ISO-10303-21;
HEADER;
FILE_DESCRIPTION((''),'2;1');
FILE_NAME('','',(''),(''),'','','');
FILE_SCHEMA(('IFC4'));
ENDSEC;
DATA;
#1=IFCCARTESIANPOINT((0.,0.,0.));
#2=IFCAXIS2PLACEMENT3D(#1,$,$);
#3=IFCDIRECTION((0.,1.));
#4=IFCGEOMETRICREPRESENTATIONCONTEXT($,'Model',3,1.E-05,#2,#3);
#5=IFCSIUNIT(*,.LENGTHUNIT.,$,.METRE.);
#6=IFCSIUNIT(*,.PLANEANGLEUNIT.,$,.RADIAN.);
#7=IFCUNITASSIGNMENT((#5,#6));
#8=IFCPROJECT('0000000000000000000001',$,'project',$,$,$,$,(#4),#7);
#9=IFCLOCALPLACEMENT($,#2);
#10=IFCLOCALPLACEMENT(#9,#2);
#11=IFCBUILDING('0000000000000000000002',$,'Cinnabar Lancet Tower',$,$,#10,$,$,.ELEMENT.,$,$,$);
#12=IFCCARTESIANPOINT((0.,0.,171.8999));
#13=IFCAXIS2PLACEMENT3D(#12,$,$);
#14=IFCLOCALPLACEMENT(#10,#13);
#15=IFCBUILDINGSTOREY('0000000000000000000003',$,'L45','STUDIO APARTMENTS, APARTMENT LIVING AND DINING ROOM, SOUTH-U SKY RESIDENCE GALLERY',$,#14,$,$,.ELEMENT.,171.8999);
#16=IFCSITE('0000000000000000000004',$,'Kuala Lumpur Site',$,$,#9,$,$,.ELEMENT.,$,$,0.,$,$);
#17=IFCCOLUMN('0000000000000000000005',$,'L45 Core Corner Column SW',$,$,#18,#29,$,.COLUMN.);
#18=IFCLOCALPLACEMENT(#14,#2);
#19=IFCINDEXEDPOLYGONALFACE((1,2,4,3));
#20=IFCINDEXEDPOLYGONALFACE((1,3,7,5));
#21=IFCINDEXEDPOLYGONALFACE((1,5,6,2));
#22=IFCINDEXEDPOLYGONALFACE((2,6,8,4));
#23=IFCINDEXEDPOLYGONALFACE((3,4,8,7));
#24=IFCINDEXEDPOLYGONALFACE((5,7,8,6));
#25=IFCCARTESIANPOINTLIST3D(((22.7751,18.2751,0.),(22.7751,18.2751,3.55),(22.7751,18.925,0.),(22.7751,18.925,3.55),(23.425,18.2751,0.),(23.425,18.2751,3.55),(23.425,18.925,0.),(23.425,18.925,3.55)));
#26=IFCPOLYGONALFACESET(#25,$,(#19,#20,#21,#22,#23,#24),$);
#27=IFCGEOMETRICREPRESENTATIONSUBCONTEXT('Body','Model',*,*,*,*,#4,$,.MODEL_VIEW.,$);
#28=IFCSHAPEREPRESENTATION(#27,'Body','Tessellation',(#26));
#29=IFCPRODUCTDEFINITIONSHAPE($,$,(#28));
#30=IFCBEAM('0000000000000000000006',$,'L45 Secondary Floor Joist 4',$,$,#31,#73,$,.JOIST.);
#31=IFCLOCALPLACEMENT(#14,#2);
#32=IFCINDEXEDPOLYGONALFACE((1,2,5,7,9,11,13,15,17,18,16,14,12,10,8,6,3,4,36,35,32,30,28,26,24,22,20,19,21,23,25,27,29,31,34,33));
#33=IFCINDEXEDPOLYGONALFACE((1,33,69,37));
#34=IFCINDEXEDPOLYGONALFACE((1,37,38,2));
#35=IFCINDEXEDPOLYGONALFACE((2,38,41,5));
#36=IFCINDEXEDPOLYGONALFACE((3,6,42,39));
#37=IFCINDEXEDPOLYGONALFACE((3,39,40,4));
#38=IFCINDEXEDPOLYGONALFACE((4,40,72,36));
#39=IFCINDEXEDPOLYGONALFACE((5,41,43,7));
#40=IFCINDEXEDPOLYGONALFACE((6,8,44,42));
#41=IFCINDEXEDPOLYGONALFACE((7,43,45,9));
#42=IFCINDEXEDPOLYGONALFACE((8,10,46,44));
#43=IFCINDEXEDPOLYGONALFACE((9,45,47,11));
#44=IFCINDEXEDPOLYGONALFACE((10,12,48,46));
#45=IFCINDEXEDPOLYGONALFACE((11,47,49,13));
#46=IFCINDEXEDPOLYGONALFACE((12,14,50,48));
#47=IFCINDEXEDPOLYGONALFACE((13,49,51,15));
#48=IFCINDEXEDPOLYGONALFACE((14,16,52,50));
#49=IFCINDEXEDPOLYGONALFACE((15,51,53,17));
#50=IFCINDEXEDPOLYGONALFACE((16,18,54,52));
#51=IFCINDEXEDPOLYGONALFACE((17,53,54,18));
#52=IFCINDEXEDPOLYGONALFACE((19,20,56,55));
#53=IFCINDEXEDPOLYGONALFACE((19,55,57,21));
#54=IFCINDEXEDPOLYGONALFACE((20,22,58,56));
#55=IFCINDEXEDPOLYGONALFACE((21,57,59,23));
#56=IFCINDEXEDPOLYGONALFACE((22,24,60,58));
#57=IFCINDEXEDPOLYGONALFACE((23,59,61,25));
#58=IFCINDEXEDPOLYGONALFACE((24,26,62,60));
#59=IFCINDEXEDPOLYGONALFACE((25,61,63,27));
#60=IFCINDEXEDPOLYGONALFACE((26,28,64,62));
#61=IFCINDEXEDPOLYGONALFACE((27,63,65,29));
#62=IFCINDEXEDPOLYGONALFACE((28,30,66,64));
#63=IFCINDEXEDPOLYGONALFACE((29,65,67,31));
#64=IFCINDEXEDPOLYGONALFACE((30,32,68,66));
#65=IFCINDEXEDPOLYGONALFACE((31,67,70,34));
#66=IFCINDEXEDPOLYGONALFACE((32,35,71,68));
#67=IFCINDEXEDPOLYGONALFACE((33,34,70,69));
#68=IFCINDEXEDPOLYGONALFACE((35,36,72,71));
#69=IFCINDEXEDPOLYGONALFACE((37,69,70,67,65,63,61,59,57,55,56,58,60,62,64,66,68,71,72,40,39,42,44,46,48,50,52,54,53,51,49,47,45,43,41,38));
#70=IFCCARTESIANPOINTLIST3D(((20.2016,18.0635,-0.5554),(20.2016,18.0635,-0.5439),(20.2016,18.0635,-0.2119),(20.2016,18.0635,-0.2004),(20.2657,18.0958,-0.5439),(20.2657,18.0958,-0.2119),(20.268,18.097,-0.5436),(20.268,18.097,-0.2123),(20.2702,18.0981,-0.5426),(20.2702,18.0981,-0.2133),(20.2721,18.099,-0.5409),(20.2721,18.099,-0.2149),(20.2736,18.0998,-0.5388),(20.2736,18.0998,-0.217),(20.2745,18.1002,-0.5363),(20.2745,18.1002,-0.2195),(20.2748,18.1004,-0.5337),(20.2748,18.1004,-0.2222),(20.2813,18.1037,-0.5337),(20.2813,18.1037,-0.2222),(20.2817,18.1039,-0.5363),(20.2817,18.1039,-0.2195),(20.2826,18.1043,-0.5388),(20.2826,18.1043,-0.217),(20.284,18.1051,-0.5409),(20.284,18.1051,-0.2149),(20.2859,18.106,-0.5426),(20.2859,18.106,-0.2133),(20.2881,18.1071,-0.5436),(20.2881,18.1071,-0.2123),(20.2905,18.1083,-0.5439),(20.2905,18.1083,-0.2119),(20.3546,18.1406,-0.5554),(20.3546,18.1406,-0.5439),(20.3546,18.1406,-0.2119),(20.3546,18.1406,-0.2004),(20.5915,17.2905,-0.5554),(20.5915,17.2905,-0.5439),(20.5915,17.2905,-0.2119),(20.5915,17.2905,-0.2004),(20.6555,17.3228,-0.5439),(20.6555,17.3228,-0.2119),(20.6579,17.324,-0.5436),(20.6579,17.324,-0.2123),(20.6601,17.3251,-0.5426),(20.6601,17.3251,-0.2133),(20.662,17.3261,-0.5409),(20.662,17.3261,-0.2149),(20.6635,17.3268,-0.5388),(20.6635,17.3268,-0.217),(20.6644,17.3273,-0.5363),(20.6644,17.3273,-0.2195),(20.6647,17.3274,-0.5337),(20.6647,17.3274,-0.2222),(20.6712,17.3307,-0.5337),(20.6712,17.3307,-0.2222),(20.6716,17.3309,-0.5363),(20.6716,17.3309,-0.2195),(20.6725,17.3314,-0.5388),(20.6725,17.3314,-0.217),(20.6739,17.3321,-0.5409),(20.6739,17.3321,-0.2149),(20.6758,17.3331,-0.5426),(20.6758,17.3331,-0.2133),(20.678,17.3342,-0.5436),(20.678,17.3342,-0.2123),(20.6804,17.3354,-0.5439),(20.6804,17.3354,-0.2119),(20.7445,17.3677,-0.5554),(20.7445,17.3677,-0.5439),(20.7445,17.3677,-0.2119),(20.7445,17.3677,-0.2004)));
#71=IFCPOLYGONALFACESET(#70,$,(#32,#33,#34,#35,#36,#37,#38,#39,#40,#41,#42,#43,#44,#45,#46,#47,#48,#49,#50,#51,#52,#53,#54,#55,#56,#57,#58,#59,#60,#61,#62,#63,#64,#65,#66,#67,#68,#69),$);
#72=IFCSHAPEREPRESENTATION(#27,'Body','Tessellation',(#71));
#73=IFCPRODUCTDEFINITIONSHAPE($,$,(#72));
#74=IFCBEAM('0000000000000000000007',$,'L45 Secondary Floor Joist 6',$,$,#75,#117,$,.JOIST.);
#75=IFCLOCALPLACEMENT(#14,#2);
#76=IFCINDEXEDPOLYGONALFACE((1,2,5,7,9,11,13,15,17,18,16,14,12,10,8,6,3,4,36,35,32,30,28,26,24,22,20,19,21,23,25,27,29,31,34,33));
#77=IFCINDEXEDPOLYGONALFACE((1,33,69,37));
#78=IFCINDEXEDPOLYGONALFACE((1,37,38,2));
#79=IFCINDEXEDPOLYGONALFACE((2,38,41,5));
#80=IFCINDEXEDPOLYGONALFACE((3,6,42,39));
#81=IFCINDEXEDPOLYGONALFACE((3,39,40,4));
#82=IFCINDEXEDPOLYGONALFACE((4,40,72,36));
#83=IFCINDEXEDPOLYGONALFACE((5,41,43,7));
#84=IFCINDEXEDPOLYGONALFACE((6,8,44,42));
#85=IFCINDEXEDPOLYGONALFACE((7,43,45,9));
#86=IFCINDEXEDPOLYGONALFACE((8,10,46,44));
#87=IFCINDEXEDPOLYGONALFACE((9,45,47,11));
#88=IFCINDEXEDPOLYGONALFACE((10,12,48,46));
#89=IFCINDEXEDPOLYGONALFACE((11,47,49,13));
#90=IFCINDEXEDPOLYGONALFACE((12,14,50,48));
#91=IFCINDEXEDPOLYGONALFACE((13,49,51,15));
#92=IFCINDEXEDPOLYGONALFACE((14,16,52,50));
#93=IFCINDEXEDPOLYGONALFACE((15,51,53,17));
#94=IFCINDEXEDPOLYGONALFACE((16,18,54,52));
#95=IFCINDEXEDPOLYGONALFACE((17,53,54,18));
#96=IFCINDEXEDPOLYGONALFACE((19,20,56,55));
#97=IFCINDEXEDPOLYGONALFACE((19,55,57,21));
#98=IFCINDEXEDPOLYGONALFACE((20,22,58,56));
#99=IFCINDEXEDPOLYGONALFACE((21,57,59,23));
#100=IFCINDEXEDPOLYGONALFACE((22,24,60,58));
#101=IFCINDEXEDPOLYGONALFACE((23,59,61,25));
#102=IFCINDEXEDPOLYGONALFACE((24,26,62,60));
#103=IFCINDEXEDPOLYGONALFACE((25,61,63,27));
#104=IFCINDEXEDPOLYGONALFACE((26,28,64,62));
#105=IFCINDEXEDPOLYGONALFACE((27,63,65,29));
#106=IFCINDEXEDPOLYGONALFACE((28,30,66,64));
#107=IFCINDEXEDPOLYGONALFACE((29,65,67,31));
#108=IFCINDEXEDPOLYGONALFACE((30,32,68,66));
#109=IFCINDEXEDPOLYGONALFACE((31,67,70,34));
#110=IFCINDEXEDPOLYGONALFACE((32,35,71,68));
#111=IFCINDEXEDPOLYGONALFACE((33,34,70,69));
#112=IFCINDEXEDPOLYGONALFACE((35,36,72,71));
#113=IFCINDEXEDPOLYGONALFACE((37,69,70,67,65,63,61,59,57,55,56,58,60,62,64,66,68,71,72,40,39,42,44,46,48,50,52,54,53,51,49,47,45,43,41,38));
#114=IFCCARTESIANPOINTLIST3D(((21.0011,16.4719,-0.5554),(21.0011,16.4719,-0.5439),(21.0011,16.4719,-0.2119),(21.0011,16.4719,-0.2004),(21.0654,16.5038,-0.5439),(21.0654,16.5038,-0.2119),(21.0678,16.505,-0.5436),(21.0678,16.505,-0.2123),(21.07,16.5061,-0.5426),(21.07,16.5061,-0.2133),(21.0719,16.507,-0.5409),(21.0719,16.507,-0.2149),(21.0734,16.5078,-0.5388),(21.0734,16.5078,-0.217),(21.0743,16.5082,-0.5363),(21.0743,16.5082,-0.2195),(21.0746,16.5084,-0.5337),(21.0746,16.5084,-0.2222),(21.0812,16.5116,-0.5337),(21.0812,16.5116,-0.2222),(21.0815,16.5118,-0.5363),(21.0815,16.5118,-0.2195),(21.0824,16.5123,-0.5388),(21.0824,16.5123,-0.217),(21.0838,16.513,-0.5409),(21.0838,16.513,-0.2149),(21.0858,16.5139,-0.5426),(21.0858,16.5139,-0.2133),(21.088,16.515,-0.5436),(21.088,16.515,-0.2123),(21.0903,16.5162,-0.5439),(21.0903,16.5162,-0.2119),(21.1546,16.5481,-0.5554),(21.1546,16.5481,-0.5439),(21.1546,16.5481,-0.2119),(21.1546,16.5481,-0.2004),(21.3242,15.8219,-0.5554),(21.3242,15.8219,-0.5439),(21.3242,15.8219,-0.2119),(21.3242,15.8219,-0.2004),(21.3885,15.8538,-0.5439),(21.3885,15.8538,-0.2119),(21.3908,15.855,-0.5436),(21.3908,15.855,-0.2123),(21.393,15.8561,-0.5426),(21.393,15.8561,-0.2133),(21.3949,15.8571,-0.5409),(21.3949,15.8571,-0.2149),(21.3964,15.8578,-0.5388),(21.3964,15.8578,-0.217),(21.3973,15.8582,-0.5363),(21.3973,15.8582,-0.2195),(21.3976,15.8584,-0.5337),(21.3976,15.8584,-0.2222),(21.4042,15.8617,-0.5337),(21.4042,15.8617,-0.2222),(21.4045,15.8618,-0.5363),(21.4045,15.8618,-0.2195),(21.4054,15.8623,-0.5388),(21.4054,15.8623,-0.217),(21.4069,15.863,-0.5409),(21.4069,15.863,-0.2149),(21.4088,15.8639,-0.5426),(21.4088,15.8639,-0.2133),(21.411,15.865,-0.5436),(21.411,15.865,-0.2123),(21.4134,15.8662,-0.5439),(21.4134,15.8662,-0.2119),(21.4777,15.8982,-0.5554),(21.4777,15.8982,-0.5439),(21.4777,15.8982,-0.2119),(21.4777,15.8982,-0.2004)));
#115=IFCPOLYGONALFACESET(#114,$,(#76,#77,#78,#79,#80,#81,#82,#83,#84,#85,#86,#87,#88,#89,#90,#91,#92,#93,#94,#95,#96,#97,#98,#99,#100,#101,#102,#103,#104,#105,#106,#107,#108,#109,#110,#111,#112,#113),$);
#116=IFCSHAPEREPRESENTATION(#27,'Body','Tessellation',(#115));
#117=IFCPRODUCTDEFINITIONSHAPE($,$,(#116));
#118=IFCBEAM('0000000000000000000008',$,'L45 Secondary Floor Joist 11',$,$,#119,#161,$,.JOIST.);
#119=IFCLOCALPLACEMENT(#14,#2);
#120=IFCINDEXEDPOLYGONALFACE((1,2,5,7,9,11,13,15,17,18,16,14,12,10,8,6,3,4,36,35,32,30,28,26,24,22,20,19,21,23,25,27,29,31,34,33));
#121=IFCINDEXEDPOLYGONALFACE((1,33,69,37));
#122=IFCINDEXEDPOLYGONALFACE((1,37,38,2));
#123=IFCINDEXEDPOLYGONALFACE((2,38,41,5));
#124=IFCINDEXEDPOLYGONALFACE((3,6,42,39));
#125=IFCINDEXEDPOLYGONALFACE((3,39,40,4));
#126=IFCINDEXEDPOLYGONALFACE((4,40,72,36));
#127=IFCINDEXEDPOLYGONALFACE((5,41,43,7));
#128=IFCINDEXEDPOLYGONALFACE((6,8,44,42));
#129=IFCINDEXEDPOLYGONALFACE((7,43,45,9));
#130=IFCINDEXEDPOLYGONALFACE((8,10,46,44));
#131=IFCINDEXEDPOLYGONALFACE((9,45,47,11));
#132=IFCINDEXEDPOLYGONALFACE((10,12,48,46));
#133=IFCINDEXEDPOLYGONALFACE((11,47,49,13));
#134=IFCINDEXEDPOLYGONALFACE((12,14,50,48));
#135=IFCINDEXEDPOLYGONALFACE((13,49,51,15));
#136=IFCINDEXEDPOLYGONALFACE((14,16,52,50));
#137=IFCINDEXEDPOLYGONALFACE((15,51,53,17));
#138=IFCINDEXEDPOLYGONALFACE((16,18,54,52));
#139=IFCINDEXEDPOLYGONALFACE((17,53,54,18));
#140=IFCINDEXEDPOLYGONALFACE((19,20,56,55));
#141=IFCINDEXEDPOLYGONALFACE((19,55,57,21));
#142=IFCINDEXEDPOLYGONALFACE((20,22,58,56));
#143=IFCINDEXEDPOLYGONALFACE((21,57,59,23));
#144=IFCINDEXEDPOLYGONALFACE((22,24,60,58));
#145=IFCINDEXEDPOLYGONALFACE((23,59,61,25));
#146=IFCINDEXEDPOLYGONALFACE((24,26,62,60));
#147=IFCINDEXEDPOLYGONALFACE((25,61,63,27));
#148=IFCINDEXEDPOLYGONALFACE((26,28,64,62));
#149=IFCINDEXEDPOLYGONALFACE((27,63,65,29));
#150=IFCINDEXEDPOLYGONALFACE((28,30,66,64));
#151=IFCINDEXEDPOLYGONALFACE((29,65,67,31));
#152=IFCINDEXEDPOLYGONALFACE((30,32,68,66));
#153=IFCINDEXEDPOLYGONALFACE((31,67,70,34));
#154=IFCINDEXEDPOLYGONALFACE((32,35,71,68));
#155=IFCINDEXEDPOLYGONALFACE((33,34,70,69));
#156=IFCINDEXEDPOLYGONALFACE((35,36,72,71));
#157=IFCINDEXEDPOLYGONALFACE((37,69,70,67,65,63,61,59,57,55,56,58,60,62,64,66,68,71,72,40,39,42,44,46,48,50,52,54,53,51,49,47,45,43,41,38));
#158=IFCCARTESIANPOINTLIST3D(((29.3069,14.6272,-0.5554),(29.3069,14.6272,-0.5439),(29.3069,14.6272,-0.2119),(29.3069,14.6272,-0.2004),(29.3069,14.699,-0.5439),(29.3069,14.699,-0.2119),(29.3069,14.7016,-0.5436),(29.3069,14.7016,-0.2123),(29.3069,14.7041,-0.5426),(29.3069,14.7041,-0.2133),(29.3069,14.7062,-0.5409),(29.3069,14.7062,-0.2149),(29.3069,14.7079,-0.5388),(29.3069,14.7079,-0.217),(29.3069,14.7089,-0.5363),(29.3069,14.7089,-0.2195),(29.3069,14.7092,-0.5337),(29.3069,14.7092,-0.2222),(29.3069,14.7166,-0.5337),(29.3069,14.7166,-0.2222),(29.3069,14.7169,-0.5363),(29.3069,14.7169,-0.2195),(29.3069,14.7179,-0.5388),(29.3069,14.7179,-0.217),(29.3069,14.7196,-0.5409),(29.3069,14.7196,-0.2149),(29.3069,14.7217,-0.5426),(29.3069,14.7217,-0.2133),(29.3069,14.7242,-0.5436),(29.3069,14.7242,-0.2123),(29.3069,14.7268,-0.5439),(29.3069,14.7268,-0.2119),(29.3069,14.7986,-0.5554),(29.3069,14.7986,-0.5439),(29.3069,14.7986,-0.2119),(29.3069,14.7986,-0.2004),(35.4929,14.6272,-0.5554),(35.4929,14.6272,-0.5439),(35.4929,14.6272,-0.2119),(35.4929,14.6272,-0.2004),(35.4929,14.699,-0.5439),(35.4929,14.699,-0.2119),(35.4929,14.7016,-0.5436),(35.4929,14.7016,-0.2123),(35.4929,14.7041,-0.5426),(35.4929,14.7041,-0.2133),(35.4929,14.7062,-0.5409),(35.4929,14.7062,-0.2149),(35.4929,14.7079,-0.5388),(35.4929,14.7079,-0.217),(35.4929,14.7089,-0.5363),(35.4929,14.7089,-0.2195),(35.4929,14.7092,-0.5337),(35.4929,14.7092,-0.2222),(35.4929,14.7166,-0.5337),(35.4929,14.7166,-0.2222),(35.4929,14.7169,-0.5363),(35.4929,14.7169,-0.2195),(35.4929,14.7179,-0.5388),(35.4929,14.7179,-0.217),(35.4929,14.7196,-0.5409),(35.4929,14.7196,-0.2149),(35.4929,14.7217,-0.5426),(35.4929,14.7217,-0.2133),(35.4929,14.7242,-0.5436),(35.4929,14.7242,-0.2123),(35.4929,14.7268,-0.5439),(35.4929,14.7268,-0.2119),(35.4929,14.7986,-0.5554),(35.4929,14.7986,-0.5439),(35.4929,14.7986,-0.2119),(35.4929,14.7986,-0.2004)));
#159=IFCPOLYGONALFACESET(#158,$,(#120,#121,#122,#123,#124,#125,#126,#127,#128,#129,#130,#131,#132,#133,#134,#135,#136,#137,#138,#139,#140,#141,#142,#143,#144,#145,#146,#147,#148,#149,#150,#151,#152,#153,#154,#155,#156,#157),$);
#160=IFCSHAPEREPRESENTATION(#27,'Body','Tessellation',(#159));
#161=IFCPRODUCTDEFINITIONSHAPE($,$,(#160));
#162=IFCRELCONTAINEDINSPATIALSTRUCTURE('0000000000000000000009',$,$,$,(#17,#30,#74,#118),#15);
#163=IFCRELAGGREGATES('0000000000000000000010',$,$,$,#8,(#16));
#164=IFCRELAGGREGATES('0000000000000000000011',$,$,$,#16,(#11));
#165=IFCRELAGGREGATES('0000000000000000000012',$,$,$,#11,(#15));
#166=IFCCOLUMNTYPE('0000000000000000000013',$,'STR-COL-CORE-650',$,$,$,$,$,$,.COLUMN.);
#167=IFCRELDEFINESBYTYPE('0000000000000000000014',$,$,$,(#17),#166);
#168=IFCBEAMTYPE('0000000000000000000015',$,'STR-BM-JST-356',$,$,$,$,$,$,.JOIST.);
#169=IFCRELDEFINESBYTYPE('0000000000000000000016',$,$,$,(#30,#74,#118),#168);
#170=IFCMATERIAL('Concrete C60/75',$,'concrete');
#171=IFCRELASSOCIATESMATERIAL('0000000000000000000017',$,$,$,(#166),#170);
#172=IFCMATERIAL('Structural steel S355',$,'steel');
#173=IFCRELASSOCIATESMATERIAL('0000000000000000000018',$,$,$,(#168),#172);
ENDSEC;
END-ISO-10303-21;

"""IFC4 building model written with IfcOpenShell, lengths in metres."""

from ifc_helpers import new_model, si_unit, direction, frame, origin, origin_2d, place, context, subcontext, project, spatial, rectangle, i_section, extrude, material, material_profile, profile_set, type_object, element, save


model = new_model("IFC4")

# Units and contexts
model_context = context("Model", 3, precision=1e-05, world=origin(), true_north=direction((0.0, 1.0)))
body_context = subcontext(model_context, "Body", "Model", "MODEL_VIEW")
ifc_project = project(units=[si_unit("LENGTHUNIT", "METRE"), si_unit("PLANEANGLEUNIT", "RADIAN")], contexts=[model_context])

# Site, building, storey
site_placement = place(None, origin())
site = spatial("IfcSite", under=ifc_project, at=site_placement, Name="Kuala Lumpur Site", CompositionType="ELEMENT", RefElevation=0.0)
building_placement = place(site_placement, origin())
building = spatial("IfcBuilding", under=site, at=building_placement, Name="Cinnabar Lancet Tower", CompositionType="ELEMENT")
storey_placement = place(building_placement, frame((0.0, 0.0, 171.8999)))
storey = spatial("IfcBuildingStorey", under=building, at=storey_placement, Name="L45", Description="STUDIO APARTMENTS, APARTMENT LIVING AND DINING ROOM, SOUTH-U SKY RESIDENCE GALLERY", CompositionType="ELEMENT", Elevation=171.8999)

# Column
ifc_material_1 = material(Name="Concrete C60/75", Category="concrete")
ifc_material_profile_1 = material_profile(ifc_material_1, rectangle(XDim=0.6499, YDim=0.6499, at=origin_2d()), Name="RC-COL 650x650")
ifc_profile_set_1 = profile_set([ifc_material_profile_1], Name="Concrete C60/75")
column_type = type_object("IfcColumnType", Name="STR-COL-CORE-650", PredefinedType="COLUMN", material=ifc_profile_set_1)
column_placement = place(storey_placement, frame((23.1001, 18.6001, 0.0), z_axis=(0.0, 0.0, 1.0), x_axis=(1.0, 0.0, 0.0)))
element("IfcColumn", 1, at=column_placement, inside=storey, type_object=column_type, Name="L45 Core Corner Column SW", PredefinedType="COLUMN", context=body_context, shape_type="SweptSolid", body=[
    extrude(rectangle(XDim=0.6499, YDim=0.6499, at=origin_2d()), origin(), (0.0, 0.0, 1.0), 3.55),
])

# Beams
ifc_material_2 = material(Name="Structural steel S355", Category="steel")
ifc_material_profile_2 = material_profile(ifc_material_2, i_section(OverallWidth=0.1714, OverallDepth=0.355, WebThickness=0.0073, FlangeThickness=0.0115, FilletRadius=0.0103, at=origin_2d()), Name="UKB 356x171x51")
ifc_profile_set_2 = profile_set([ifc_material_profile_2], Name="Structural steel S355")
beam_type_1 = type_object("IfcBeamType", Name="STR-BM-JST-356", PredefinedType="JOIST", material=ifc_profile_set_2)
beam_1_placement = place(storey_placement, frame((20.2781, 18.1021, -0.3779), z_axis=(0.450369, -0.892842, 0.0), x_axis=(0.892842, 0.450369, 0.0)))
element("IfcBeam", 2, at=beam_1_placement, inside=storey, type_object=beam_type_1, Name="L45 Secondary Floor Joist 4", PredefinedType="JOIST", context=body_context, shape_type="SweptSolid", body=[
    extrude(i_section(OverallWidth=0.1714, OverallDepth=0.355, WebThickness=0.0073, FlangeThickness=0.0115, FilletRadius=0.0103, at=origin_2d()), origin(), (0.0, 0.0, 1.0), 0.8657),
])
beam_2_placement = place(storey_placement, frame((21.0779, 16.51, -0.3779), z_axis=(0.445059, -0.895501, 0.0), x_axis=(0.895501, 0.445059, 0.0)))
element("IfcBeam", 3, at=beam_2_placement, inside=storey, type_object=beam_type_1, Name="L45 Secondary Floor Joist 6", PredefinedType="JOIST", context=body_context, shape_type="SweptSolid", body=[
    extrude(i_section(OverallWidth=0.1714, OverallDepth=0.355, WebThickness=0.0073, FlangeThickness=0.0115, FilletRadius=0.0103, at=origin_2d()), origin(), (0.0, 0.0, 1.0), 0.7258),
])
beam_3_placement = place(storey_placement, frame((29.3069, 14.7129, -0.3779), z_axis=(1.0, 0.0, 0.0), x_axis=(0.0, 1.0, 0.0)))
element("IfcBeam", 4, at=beam_3_placement, inside=storey, type_object=beam_type_1, Name="L45 Secondary Floor Joist 11", PredefinedType="JOIST", context=body_context, shape_type="SweptSolid", body=[
    extrude(i_section(OverallWidth=0.1714, OverallDepth=0.355, WebThickness=0.0073, FlangeThickness=0.0115, FilletRadius=0.0103, at=origin_2d()), origin(), (0.0, 0.0, 1.0), 6.186),
])

save(model, "model.ifc")
